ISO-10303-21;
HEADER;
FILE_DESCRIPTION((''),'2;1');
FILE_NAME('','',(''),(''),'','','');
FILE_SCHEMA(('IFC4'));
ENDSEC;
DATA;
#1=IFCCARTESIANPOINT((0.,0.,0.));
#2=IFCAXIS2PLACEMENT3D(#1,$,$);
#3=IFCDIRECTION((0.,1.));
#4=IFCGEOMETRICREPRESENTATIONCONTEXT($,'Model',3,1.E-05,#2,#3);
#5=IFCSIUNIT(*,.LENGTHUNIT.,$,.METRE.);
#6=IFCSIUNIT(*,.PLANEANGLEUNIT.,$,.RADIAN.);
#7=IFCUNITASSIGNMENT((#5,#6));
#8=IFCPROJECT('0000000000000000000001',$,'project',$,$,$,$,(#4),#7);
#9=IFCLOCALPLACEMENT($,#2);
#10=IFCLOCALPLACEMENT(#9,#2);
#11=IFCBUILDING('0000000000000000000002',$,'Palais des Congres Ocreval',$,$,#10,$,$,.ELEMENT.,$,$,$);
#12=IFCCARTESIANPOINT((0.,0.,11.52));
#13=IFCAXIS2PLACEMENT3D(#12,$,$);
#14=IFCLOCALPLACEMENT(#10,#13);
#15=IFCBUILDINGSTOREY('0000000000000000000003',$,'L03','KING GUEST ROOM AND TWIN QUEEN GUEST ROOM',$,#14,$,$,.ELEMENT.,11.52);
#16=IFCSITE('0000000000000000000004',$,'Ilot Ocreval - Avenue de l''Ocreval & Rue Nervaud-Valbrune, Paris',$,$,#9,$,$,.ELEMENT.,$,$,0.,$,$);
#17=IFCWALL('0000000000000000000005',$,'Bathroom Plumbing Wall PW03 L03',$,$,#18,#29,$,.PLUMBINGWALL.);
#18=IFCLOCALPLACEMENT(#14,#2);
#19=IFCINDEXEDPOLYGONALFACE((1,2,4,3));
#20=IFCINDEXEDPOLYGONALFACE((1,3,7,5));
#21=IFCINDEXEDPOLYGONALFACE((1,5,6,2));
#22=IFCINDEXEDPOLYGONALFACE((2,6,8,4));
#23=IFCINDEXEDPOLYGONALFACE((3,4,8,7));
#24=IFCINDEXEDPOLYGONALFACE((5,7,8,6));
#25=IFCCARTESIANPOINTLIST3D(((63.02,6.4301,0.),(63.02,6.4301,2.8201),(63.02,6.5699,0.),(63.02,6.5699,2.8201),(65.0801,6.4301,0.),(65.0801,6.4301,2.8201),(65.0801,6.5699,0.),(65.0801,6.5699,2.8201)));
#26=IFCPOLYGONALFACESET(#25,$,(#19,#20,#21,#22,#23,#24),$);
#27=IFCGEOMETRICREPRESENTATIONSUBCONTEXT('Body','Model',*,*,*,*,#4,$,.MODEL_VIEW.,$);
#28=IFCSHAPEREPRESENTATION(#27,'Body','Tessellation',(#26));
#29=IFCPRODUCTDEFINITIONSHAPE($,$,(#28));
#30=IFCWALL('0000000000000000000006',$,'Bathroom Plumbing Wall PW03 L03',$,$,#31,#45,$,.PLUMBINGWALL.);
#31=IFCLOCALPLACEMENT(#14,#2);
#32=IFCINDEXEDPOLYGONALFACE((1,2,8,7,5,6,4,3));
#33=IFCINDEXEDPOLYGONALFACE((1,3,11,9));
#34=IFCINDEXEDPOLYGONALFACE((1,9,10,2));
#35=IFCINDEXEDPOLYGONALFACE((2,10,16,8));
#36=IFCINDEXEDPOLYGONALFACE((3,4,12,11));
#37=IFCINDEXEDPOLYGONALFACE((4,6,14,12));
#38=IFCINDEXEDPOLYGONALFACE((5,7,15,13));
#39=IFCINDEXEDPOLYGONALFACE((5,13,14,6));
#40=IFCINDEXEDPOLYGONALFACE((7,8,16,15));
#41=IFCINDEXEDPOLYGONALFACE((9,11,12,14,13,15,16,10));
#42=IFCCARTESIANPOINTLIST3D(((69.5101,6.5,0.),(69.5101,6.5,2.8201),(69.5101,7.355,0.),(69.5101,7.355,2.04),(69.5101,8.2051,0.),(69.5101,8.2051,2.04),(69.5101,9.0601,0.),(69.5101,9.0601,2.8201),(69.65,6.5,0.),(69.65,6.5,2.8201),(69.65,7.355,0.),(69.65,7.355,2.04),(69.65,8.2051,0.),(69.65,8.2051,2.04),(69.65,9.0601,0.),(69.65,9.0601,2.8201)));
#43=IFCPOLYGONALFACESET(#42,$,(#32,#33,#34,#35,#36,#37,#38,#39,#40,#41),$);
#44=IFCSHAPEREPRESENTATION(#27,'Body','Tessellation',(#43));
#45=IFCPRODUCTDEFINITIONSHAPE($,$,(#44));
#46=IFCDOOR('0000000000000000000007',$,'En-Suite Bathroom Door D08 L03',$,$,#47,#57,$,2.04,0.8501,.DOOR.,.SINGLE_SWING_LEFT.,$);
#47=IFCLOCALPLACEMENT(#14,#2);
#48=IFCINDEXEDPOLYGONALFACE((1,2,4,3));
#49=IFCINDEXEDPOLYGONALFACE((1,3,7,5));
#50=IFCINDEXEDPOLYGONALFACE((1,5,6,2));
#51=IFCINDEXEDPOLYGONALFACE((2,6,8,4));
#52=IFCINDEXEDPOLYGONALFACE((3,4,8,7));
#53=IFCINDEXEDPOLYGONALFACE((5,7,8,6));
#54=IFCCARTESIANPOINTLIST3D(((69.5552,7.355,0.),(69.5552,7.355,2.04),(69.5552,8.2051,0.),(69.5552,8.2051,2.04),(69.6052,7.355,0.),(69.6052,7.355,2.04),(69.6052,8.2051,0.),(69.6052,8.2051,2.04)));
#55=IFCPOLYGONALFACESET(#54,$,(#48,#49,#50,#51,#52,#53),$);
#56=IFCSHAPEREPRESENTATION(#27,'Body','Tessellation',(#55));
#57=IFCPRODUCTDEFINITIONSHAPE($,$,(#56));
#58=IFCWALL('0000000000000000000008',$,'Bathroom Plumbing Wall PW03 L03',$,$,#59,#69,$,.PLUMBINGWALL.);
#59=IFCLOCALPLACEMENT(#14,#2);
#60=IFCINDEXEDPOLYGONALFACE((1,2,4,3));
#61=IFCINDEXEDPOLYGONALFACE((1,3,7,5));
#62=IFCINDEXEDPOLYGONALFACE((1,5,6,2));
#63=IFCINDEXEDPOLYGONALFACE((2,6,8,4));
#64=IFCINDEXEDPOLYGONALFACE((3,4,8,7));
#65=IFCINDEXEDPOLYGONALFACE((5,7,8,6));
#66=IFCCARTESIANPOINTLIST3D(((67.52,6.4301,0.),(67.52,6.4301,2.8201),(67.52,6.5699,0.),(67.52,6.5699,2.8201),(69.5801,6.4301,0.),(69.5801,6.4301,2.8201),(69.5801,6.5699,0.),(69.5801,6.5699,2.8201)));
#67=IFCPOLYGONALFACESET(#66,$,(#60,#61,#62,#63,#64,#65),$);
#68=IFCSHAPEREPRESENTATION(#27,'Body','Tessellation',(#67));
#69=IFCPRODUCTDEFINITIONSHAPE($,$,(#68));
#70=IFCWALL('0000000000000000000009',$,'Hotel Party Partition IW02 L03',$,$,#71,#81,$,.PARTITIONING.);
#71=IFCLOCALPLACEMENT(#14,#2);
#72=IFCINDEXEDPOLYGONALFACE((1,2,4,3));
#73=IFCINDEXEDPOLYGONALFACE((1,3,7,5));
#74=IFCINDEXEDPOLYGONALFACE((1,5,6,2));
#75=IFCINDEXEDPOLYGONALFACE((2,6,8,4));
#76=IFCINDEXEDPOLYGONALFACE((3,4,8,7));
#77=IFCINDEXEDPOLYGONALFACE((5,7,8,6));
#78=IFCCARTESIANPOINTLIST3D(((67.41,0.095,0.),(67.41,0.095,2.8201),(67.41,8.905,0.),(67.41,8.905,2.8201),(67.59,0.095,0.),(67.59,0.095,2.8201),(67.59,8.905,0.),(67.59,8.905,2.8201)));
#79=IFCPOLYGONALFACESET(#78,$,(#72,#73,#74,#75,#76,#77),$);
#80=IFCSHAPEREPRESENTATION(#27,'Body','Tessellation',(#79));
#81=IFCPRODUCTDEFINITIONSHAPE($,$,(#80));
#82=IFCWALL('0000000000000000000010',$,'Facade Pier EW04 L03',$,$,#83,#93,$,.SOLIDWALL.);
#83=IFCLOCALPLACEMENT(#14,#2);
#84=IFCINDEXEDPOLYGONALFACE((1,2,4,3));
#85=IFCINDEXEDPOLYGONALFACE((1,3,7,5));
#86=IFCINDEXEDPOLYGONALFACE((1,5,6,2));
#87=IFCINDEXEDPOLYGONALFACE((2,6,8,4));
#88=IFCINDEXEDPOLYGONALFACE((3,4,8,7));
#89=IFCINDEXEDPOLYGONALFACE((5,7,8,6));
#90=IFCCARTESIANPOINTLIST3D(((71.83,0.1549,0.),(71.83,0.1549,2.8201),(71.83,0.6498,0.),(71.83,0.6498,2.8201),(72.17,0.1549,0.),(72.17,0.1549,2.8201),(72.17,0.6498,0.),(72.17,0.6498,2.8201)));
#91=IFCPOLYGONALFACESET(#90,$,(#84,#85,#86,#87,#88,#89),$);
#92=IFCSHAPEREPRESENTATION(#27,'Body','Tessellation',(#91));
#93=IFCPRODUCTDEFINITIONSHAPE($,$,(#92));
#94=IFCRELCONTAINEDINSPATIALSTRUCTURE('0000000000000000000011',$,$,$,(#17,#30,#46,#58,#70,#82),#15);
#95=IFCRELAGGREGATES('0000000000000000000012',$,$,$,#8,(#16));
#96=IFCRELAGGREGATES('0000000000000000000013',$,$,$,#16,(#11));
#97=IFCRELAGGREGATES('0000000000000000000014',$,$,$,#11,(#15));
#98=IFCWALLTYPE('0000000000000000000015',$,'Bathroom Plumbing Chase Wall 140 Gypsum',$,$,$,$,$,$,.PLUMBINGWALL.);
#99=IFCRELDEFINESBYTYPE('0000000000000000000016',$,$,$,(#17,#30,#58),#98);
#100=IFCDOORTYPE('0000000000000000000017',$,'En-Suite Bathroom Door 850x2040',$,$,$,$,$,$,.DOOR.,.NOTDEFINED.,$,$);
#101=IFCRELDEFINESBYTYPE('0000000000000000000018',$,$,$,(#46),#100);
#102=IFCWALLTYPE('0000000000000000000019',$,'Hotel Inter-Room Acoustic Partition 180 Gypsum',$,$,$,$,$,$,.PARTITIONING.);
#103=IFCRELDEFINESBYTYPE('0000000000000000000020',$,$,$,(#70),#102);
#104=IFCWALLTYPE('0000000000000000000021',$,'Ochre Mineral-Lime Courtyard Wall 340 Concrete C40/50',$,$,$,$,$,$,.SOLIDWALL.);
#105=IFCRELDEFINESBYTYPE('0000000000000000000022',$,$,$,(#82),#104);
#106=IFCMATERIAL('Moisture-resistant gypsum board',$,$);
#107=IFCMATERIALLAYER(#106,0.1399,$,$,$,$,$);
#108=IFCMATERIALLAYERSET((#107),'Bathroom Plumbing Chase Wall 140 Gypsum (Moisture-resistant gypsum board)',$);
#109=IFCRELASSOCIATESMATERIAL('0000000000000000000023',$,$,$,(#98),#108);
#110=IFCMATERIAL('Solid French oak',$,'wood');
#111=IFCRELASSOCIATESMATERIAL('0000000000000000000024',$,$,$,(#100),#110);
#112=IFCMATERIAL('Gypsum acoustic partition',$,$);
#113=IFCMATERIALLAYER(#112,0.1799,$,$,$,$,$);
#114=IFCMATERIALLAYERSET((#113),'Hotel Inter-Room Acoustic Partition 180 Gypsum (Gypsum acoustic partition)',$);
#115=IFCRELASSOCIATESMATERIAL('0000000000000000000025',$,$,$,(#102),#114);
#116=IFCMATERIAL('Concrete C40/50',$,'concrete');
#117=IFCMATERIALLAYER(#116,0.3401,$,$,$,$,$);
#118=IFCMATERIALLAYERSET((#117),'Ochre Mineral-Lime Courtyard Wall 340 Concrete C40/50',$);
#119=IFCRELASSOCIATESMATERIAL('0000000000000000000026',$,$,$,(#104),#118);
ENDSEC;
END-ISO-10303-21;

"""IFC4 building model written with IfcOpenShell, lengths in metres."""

from ifc_helpers import new_model, si_unit, direction, frame, frame_2d, origin, place, context, subcontext, project, spatial, rectangle, extrude, material, layer, layer_set, type_object, element, fill, save


model = new_model("IFC4")

# Units and contexts
model_context = context("Model", 3, precision=1e-05, world=origin(), true_north=direction((0.0, 1.0)))
body_context = subcontext(model_context, "Body", "Model", "MODEL_VIEW")
ifc_project = project(units=[si_unit("LENGTHUNIT", "METRE"), si_unit("PLANEANGLEUNIT", "RADIAN")], contexts=[model_context])

# Site, building, storey
site_placement = place(None, origin())
site = spatial("IfcSite", under=ifc_project, at=site_placement, Name="Ilot Ocreval - Avenue de l'Ocreval & Rue Nervaud-Valbrune, Paris", CompositionType="ELEMENT", RefElevation=0.0)
building_placement = place(site_placement, origin())
building = spatial("IfcBuilding", under=site, at=building_placement, Name="Palais des Congres Ocreval", CompositionType="ELEMENT")
storey_placement = place(building_placement, frame((0.0, 0.0, 11.52)))
storey = spatial("IfcBuildingStorey", under=building, at=storey_placement, Name="L03", Description="KING GUEST ROOM AND TWIN QUEEN GUEST ROOM", CompositionType="ELEMENT", Elevation=11.52)

# Shared definitions
ifc_material_1 = material(Name="Concrete C40/50", Category="concrete")

# Shared definitions
ifc_material_2 = material(Name="Moisture-resistant gypsum board")
ifc_layer_1 = layer(ifc_material_2, 0.1399)
ifc_layer_set_1 = layer_set([ifc_layer_1], Name="Bathroom Plumbing Chase Wall 140 Gypsum (Moisture-resistant gypsum board)")
wall_type_1 = type_object("IfcWallType", Name="Bathroom Plumbing Chase Wall 140 Gypsum", PredefinedType="PLUMBINGWALL", material=ifc_layer_set_1)
ifc_material_3 = material(Name="Solid French oak", Category="wood")
door_type = type_object("IfcDoorType", Name="En-Suite Bathroom Door 850x2040", OperationType="NOTDEFINED", PredefinedType="DOOR", material=ifc_material_3)

# Wall
wall_1_placement = place(storey_placement, frame((63.02, 6.5, 0.0), z_axis=(0.0, 0.0, 1.0), x_axis=(1.0, 0.0, 0.0)))
element("IfcWall", 1, at=wall_1_placement, inside=storey, type_object=wall_type_1, Name="Bathroom Plumbing Wall PW03 L03", PredefinedType="PLUMBINGWALL", context=body_context, shape_type="SweptSolid", body=[
    extrude(rectangle(XDim=2.0601, YDim=0.1399, at=frame_2d((1.03, 0.0))), origin(), (0.0, 0.0, 1.0), 2.8201),
])

# Wall, opening, door
wall_2_placement = place(storey_placement, frame((69.5801, 6.5, 0.0), z_axis=(0.0, 0.0, 1.0), x_axis=(0.0, 1.0, 0.0)))
wall_2 = element("IfcWall", 2, at=wall_2_placement, inside=storey, type_object=wall_type_1, Name="Bathroom Plumbing Wall PW03 L03", PredefinedType="PLUMBINGWALL", context=body_context, shape_type="SweptSolid", body=[
    extrude(rectangle(XDim=2.5601, YDim=0.1399, at=frame_2d((1.28, 0.0))), origin(), (0.0, 0.0, 1.0), 2.8201),
])
opening_1_placement = place(wall_2_placement, frame((0.855, 0.0, 0.0)))
opening_1 = element("IfcOpeningElement", 3, at=opening_1_placement, cuts=wall_2, PredefinedType="OPENING", context=body_context, shape_type="SweptSolid", body=[
    extrude(rectangle(XDim=0.8501, YDim=2.04, at=frame_2d((0.425, 1.02))), frame((0.0, 0.0798, 0.0), z_axis=(0.0, -1.0, 0.0), x_axis=(1.0, 0.0, 0.0)), (0.0, 0.0, 1.0), 0.1599),
])
door_1_placement = place(opening_1_placement, origin())
door_1 = element("IfcDoor", 4, at=door_1_placement, inside=storey, type_object=door_type, Name="En-Suite Bathroom Door D08 L03", OperationType="SINGLE_SWING_LEFT", OverallHeight=2.04, OverallWidth=0.8501, PredefinedType="DOOR", context=body_context, shape_type="SweptSolid", body=[
    extrude(rectangle(XDim=0.8501, YDim=2.04, at=frame_2d((0.425, 1.02))), frame((0.0, 0.0249, 0.0), z_axis=(0.0, -1.0, 0.0), x_axis=(1.0, 0.0, 0.0)), (0.0, 0.0, 1.0), 0.05),
])
fill(opening_1, door_1)

# Walls
wall_3_placement = place(storey_placement, frame((67.52, 6.5, 0.0), z_axis=(0.0, 0.0, 1.0), x_axis=(1.0, 0.0, 0.0)))
element("IfcWall", 5, at=wall_3_placement, inside=storey, type_object=wall_type_1, Name="Bathroom Plumbing Wall PW03 L03", PredefinedType="PLUMBINGWALL", context=body_context, shape_type="SweptSolid", body=[
    extrude(rectangle(XDim=2.0601, YDim=0.1399, at=frame_2d((1.03, 0.0))), origin(), (0.0, 0.0, 1.0), 2.8201),
])
ifc_material_4 = material(Name="Gypsum acoustic partition")
ifc_layer_2 = layer(ifc_material_4, 0.1799)
ifc_layer_set_2 = layer_set([ifc_layer_2], Name="Hotel Inter-Room Acoustic Partition 180 Gypsum (Gypsum acoustic partition)")
wall_type_2 = type_object("IfcWallType", Name="Hotel Inter-Room Acoustic Partition 180 Gypsum", PredefinedType="PARTITIONING", material=ifc_layer_set_2)
wall_4_placement = place(storey_placement, frame((67.5, 0.095, 0.0), z_axis=(0.0, 0.0, 1.0), x_axis=(0.0, 1.0, 0.0)))
element("IfcWall", 6, at=wall_4_placement, inside=storey, type_object=wall_type_2, Name="Hotel Party Partition IW02 L03", PredefinedType="PARTITIONING", context=body_context, shape_type="SweptSolid", body=[
    extrude(rectangle(XDim=8.8101, YDim=0.1799, at=frame_2d((4.405, 0.0))), origin(), (0.0, 0.0, 1.0), 2.8201),
])
ifc_layer_3 = layer(ifc_material_1, 0.3401)
ifc_layer_set_3 = layer_set([ifc_layer_3], Name="Ochre Mineral-Lime Courtyard Wall 340 Concrete C40/50")
wall_type_3 = type_object("IfcWallType", Name="Ochre Mineral-Lime Courtyard Wall 340 Concrete C40/50", PredefinedType="SOLIDWALL", material=ifc_layer_set_3)
wall_5_placement = place(storey_placement, frame((72.0, 0.6499, 0.0), z_axis=(0.0, 0.0, 1.0), x_axis=(0.0, -1.0, 0.0)))
element("IfcWall", 7, at=wall_5_placement, inside=storey, type_object=wall_type_3, Name="Facade Pier EW04 L03", PredefinedType="SOLIDWALL", context=body_context, shape_type="SweptSolid", body=[
    extrude(rectangle(XDim=0.4949, YDim=0.3401, at=frame_2d((0.2476, 0.0))), origin(), (0.0, 0.0, 1.0), 2.8201),
])

save(model, "model.ifc")
